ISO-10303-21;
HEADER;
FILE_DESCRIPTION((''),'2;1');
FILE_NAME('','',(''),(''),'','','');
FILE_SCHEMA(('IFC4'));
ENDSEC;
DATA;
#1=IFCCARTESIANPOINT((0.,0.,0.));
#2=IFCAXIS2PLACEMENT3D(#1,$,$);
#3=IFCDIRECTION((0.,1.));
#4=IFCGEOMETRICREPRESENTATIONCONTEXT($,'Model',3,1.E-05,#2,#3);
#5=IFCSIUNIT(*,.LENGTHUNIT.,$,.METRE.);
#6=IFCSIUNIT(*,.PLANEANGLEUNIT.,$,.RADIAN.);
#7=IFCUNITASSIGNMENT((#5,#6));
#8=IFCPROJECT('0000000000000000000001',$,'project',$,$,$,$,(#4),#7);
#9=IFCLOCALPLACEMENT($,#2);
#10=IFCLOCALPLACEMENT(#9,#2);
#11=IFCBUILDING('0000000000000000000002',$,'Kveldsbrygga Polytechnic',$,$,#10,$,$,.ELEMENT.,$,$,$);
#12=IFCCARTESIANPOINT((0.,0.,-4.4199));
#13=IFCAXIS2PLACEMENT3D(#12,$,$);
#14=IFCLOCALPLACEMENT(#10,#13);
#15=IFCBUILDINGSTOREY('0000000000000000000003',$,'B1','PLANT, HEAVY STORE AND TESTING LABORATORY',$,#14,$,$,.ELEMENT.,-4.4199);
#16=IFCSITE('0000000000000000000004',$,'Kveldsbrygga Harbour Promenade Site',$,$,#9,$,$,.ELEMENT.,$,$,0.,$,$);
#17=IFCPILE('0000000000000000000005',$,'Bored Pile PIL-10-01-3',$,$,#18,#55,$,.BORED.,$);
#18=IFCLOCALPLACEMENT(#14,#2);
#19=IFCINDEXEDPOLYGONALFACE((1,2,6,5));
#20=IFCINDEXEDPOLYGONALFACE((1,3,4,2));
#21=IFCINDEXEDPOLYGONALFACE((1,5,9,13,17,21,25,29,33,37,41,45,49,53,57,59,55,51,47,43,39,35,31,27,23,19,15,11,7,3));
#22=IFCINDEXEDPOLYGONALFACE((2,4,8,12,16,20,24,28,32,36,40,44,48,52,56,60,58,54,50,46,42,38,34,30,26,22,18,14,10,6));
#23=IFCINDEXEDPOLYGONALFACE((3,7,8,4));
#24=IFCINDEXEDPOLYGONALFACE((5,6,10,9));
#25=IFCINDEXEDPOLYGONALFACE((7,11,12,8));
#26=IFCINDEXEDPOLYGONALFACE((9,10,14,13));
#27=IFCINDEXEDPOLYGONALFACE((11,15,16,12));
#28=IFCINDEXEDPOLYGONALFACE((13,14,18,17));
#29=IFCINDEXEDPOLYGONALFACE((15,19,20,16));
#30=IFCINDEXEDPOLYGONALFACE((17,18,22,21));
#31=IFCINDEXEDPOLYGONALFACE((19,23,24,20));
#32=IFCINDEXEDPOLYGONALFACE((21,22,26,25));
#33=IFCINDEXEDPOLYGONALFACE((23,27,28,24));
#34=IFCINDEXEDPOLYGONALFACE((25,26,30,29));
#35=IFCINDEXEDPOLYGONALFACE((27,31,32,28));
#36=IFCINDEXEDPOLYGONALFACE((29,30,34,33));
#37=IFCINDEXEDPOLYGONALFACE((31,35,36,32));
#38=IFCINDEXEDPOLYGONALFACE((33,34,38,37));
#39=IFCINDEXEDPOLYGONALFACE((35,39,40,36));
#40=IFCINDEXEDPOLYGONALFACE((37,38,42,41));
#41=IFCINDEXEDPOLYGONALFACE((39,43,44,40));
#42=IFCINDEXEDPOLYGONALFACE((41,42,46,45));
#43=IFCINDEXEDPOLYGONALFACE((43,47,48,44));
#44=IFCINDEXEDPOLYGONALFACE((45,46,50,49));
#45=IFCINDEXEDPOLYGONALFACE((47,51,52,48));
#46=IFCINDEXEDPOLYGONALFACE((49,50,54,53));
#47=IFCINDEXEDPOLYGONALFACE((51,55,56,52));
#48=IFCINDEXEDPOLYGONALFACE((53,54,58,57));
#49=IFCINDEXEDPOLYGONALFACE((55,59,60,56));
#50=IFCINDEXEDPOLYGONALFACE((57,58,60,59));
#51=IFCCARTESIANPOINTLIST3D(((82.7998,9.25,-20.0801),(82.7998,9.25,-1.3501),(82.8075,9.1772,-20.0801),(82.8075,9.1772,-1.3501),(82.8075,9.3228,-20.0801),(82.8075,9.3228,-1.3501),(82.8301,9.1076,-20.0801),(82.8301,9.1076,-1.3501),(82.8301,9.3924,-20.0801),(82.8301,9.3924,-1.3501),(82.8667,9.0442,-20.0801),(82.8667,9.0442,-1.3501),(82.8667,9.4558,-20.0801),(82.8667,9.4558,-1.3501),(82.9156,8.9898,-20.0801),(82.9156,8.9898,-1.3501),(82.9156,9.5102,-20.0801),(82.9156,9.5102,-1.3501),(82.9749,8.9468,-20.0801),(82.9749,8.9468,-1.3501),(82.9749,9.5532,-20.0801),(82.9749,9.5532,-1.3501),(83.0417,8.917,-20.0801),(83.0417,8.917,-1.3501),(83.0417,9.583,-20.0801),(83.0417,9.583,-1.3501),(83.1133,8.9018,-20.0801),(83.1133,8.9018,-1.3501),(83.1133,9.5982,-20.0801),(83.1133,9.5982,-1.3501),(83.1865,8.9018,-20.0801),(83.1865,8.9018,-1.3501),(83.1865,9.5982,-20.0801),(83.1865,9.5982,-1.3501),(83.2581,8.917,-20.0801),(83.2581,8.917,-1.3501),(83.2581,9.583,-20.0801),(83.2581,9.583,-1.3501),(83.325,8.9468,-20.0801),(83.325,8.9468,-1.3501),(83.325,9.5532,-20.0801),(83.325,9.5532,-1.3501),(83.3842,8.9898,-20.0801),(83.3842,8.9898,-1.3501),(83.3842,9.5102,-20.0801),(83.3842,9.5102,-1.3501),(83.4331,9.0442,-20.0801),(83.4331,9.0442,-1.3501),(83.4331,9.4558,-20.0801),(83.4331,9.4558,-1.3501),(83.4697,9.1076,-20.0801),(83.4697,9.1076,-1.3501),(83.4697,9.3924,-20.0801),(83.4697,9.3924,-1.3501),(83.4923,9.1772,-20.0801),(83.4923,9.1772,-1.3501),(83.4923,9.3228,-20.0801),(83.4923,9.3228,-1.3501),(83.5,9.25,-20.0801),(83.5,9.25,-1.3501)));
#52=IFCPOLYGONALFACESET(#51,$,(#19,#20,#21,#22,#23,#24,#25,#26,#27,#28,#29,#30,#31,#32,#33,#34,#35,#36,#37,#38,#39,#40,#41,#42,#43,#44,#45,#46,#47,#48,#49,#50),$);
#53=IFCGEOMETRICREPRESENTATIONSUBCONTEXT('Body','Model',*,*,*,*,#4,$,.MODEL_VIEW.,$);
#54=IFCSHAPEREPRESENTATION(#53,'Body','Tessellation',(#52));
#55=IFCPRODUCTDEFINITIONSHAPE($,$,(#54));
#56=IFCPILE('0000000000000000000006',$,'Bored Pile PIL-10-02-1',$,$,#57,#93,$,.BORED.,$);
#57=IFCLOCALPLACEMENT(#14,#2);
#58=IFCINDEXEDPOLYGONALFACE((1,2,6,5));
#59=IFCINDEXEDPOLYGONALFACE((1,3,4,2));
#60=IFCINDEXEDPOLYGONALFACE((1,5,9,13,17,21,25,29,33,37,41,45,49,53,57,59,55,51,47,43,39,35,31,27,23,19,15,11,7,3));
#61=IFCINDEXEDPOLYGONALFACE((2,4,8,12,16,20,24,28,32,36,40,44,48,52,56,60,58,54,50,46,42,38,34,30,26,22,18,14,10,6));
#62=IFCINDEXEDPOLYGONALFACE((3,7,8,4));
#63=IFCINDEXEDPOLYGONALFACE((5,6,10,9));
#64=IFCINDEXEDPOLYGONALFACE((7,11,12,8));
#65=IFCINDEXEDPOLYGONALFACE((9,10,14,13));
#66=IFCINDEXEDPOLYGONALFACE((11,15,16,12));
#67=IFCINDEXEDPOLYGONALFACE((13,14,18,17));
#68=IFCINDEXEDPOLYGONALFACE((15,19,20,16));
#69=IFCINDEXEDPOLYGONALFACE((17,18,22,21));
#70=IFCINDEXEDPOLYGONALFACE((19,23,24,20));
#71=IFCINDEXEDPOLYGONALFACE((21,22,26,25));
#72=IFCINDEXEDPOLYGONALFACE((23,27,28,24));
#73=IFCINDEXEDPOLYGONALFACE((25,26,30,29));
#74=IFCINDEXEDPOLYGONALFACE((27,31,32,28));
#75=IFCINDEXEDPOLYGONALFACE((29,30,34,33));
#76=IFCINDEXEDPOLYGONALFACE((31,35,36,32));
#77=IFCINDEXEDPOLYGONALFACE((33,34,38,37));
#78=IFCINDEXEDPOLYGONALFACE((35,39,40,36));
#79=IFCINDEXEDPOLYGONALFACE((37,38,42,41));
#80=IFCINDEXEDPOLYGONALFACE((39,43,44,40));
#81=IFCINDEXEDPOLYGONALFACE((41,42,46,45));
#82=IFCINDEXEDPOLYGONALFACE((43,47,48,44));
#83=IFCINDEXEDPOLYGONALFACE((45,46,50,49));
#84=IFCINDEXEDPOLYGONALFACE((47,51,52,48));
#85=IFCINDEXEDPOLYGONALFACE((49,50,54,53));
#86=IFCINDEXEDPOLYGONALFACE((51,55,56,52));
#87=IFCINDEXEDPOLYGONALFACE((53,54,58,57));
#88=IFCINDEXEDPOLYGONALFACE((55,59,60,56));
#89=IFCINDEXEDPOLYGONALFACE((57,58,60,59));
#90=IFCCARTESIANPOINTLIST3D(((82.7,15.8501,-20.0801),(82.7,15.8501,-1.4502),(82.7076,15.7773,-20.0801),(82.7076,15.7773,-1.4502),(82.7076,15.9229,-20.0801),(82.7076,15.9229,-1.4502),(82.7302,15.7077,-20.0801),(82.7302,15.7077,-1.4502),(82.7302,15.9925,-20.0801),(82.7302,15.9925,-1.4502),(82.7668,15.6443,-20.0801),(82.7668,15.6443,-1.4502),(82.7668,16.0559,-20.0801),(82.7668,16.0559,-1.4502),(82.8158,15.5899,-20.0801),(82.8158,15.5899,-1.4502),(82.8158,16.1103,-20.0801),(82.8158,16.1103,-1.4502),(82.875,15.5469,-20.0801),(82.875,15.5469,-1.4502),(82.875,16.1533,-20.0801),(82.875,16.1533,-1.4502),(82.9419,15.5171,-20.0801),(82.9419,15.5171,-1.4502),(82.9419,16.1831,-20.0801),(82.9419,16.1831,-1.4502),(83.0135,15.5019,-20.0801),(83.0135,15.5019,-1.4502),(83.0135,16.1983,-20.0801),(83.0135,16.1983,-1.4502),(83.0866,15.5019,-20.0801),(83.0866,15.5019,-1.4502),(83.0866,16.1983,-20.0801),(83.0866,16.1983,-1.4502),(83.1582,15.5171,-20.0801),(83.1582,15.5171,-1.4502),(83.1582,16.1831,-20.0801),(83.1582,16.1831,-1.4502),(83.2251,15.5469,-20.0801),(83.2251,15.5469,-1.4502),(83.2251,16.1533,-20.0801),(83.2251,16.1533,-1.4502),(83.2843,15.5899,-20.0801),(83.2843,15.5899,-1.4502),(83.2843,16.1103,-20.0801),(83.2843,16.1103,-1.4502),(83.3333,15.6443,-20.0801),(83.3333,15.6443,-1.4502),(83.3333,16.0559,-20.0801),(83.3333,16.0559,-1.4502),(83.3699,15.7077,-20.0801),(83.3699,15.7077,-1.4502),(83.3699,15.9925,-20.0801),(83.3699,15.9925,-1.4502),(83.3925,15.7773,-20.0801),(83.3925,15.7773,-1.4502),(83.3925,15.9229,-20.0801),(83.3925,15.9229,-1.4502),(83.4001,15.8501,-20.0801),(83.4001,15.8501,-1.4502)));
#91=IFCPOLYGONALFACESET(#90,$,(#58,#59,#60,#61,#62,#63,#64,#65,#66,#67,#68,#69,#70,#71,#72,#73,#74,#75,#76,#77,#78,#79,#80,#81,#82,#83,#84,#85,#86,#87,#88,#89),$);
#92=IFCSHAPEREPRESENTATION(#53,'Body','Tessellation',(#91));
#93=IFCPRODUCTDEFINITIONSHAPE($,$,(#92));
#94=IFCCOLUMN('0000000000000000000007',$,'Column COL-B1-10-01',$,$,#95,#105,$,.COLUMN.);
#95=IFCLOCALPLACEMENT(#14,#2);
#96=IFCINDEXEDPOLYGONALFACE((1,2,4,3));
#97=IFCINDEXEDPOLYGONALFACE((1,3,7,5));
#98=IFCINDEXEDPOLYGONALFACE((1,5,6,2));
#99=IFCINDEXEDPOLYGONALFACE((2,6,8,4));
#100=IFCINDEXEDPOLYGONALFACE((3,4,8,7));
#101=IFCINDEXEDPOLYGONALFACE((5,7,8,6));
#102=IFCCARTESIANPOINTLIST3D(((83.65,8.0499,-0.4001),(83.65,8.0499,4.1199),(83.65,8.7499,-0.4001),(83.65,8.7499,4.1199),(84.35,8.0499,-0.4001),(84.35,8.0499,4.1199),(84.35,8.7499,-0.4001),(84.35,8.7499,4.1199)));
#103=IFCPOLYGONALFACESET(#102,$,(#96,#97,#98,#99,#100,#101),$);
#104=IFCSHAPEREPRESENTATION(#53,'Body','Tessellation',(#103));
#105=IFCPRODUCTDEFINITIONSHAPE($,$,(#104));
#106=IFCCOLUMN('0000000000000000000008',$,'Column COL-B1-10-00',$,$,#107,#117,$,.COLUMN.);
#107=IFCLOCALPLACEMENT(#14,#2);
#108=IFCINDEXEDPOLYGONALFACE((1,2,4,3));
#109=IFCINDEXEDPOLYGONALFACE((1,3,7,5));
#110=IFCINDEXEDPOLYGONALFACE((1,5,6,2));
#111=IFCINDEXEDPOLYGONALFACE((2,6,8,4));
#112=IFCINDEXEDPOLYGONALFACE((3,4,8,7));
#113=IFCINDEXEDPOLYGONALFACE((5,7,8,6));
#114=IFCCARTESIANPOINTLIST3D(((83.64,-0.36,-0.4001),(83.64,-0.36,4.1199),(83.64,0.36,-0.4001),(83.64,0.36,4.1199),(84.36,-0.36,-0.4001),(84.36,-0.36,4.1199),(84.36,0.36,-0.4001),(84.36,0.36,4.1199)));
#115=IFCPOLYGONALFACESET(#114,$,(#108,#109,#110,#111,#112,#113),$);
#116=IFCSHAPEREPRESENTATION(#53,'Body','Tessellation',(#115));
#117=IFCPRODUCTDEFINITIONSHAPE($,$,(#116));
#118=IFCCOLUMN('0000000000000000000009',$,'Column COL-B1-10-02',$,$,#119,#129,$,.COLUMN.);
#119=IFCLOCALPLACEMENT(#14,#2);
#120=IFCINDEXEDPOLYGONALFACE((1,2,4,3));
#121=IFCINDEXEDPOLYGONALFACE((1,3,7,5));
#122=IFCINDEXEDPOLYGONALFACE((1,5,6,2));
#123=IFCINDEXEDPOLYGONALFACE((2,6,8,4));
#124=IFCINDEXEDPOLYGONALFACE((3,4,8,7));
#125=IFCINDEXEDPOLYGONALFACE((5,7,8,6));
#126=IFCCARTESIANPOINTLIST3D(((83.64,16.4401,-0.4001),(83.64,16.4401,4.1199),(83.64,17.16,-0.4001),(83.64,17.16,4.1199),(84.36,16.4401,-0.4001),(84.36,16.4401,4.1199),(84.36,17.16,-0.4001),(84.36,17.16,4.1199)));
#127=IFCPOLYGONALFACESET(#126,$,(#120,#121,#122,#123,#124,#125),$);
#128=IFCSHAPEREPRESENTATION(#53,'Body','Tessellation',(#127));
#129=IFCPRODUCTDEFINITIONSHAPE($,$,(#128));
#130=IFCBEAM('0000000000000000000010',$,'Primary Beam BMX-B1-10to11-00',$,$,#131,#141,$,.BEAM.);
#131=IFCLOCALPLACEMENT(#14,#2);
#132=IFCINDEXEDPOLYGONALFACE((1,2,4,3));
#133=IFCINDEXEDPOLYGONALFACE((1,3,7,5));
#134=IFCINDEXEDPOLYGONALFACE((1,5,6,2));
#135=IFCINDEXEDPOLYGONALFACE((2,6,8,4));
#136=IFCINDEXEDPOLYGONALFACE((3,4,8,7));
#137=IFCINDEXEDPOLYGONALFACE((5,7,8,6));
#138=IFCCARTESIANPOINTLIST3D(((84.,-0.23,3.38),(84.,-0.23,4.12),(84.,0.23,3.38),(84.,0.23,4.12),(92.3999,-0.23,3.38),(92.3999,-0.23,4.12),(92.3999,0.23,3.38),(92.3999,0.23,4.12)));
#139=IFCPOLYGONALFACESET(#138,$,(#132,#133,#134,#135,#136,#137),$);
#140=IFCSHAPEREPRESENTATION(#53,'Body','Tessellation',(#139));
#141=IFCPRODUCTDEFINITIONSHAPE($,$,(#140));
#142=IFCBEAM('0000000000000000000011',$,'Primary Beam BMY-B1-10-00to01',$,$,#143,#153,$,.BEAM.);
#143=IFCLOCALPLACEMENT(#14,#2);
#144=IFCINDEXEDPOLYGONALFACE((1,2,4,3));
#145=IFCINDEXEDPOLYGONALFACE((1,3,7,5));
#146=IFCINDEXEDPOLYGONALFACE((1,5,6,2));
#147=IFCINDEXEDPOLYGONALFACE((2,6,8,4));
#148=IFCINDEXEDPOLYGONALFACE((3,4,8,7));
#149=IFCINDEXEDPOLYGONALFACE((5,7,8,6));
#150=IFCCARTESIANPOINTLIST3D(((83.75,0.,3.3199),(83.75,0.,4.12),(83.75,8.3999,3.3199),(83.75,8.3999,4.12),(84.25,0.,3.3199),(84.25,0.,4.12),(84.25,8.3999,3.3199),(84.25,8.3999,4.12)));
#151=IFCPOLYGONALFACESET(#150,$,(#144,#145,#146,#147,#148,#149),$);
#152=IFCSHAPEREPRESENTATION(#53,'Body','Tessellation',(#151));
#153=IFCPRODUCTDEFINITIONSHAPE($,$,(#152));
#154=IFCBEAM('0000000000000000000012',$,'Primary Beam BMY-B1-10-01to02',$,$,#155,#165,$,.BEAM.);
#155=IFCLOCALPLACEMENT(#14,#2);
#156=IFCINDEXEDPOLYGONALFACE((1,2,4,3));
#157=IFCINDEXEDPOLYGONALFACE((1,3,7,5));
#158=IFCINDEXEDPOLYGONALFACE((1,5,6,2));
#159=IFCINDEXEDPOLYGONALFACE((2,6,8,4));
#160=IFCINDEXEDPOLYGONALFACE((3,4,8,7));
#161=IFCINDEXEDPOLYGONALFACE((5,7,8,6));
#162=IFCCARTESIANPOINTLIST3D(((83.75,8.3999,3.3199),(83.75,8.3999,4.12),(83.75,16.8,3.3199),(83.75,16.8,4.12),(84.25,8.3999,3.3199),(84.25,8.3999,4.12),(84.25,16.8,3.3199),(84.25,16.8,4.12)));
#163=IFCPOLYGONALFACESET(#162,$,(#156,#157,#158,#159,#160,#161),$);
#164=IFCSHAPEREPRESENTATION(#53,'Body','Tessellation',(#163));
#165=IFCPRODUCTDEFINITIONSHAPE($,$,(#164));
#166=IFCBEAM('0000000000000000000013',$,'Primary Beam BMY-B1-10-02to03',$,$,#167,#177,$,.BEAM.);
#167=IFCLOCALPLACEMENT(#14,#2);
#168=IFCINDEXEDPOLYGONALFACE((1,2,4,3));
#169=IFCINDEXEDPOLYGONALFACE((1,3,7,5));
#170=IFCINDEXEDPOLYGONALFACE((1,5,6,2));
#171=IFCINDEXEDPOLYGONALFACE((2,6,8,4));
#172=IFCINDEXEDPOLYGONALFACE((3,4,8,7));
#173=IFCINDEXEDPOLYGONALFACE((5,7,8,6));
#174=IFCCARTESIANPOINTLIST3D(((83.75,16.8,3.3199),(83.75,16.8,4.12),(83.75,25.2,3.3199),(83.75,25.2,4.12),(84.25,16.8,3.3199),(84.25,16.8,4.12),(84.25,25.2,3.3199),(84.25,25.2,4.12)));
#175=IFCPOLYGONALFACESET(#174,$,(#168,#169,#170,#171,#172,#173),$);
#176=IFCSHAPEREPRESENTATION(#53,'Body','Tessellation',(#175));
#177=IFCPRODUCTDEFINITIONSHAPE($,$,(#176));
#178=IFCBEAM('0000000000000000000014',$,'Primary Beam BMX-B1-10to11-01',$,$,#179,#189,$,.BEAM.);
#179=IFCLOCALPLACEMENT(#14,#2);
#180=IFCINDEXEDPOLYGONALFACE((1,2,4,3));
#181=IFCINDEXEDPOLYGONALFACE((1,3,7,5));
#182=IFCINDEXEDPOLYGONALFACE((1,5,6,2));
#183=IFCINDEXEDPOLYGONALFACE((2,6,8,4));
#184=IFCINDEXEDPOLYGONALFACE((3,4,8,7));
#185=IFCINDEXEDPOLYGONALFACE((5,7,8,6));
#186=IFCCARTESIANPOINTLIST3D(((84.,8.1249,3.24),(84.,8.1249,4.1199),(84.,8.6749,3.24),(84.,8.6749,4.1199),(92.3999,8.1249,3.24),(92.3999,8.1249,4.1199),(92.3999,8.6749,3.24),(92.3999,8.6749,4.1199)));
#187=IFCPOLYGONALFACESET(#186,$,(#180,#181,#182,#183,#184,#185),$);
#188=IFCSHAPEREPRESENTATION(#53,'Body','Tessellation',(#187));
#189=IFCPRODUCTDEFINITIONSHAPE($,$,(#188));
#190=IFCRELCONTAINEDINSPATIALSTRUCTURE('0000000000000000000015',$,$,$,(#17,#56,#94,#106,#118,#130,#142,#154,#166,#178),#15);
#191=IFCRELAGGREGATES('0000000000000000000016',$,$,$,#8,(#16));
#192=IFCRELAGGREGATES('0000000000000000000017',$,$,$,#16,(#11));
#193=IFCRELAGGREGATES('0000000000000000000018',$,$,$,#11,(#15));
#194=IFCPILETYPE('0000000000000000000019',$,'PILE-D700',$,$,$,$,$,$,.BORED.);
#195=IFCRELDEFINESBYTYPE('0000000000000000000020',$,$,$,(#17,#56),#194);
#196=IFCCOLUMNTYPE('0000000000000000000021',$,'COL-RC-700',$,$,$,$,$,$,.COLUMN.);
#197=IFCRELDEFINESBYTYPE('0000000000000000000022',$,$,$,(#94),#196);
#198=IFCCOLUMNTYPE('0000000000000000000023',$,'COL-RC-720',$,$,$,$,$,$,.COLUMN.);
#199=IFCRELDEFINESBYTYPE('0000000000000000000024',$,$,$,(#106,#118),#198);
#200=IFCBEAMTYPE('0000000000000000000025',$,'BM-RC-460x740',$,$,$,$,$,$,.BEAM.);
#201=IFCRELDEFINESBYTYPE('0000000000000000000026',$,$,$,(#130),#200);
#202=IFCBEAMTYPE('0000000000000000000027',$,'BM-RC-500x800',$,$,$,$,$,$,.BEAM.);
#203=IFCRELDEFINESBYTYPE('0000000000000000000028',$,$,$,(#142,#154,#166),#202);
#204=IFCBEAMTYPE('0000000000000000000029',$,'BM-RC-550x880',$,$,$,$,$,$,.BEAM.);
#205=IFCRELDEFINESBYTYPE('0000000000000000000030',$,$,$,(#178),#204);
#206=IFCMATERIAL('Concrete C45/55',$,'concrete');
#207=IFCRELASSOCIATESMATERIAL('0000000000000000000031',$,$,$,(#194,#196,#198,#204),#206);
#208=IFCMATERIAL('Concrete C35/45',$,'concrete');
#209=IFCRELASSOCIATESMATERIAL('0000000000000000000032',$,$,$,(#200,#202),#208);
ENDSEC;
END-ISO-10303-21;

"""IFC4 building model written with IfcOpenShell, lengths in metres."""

from ifc_helpers import new_model, si_unit, direction, frame, origin, origin_2d, place, context, subcontext, project, spatial, rectangle, circle, extrude, material, material_profile, profile_set, type_object, element, save


model = new_model("IFC4")

# Units and contexts
model_context = context("Model", 3, precision=1e-05, world=origin(), true_north=direction((0.0, 1.0)))
body_context = subcontext(model_context, "Body", "Model", "MODEL_VIEW")
ifc_project = project(units=[si_unit("LENGTHUNIT", "METRE"), si_unit("PLANEANGLEUNIT", "RADIAN")], contexts=[model_context])

# Site, building, storey
site_placement = place(None, origin())
site = spatial("IfcSite", under=ifc_project, at=site_placement, Name="Kveldsbrygga Harbour Promenade Site", CompositionType="ELEMENT", RefElevation=0.0)
building_placement = place(site_placement, origin())
building = spatial("IfcBuilding", under=site, at=building_placement, Name="Kveldsbrygga Polytechnic", CompositionType="ELEMENT")
storey_placement = place(building_placement, frame((0.0, 0.0, -4.4199)))
storey = spatial("IfcBuildingStorey", under=building, at=storey_placement, Name="B1", Description="PLANT, HEAVY STORE AND TESTING LABORATORY", CompositionType="ELEMENT", Elevation=-4.4199)

# Shared definitions
ifc_material_1 = material(Name="Concrete C45/55", Category="concrete")

# Piles
ifc_material_profile_1 = material_profile(ifc_material_1, circle(Radius=0.3501, at=origin_2d()), Name="PILE D700")
ifc_profile_set_1 = profile_set([ifc_material_profile_1], Name="Concrete C45/55")
pile_type = type_object("IfcPileType", Name="PILE-D700", PredefinedType="BORED", material=ifc_profile_set_1)
for number, where, z_axis, x_axis, name in (
    (1, (83.1499, 9.25, -1.3501), (0.0, 0.0, -1.0), (1.0, 0.0, 0.0), "Bored Pile PIL-10-01-3"),
):
    element("IfcPile", number, at=place(storey_placement, frame(where, z_axis=z_axis, x_axis=x_axis)), inside=storey, type_object=pile_type, Name=name, PredefinedType="BORED", context=body_context, shape_type="SweptSolid", body=[
        extrude(circle(Radius=0.3501, at=origin_2d()), origin(), (0.0, 0.0, 1.0), 18.73),
    ])
pile_1_placement = place(storey_placement, frame((83.05, 15.8501, -1.4502), z_axis=(0.0, 0.0, -1.0), x_axis=(1.0, 0.0, 0.0)))
element("IfcPile", 2, at=pile_1_placement, inside=storey, type_object=pile_type, Name="Bored Pile PIL-10-02-1", PredefinedType="BORED", context=body_context, shape_type="SweptSolid", body=[
    extrude(circle(Radius=0.3501, at=origin_2d()), origin(), (0.0, 0.0, 1.0), 18.6299),
])

# Columns
ifc_material_profile_2 = material_profile(ifc_material_1, rectangle(XDim=0.7, YDim=0.7, at=origin_2d()), Name="RC 700x700")
ifc_profile_set_2 = profile_set([ifc_material_profile_2], Name="Concrete C45/55")
column_type_1 = type_object("IfcColumnType", Name="COL-RC-700", PredefinedType="COLUMN", material=ifc_profile_set_2)
column_placement = place(storey_placement, frame((84.0, 8.3999, -0.4001), z_axis=(0.0, 0.0, 1.0), x_axis=(1.0, 0.0, 0.0)))
element("IfcColumn", 3, at=column_placement, inside=storey, type_object=column_type_1, Name="Column COL-B1-10-01", PredefinedType="COLUMN", context=body_context, shape_type="SweptSolid", body=[
    extrude(rectangle(XDim=0.7, YDim=0.7, at=origin_2d()), origin(), (0.0, 0.0, 1.0), 4.52),
])
ifc_material_profile_3 = material_profile(ifc_material_1, rectangle(XDim=0.72, YDim=0.72, at=origin_2d()), Name="RC 720x720")
ifc_profile_set_3 = profile_set([ifc_material_profile_3], Name="Concrete C45/55")
column_type_2 = type_object("IfcColumnType", Name="COL-RC-720", PredefinedType="COLUMN", material=ifc_profile_set_3)
for number, where, z_axis, x_axis, name in (
    (4, (84.0, 0.0, -0.4001), (0.0, 0.0, 1.0), (1.0, 0.0, 0.0), "Column COL-B1-10-00"),
    (5, (84.0, 16.8, -0.4001), (0.0, 0.0, 1.0), (1.0, 0.0, 0.0), "Column COL-B1-10-02"),
):
    element("IfcColumn", number, at=place(storey_placement, frame(where, z_axis=z_axis, x_axis=x_axis)), inside=storey, type_object=column_type_2, Name=name, PredefinedType="COLUMN", context=body_context, shape_type="SweptSolid", body=[
        extrude(rectangle(XDim=0.72, YDim=0.72, at=origin_2d()), origin(), (0.0, 0.0, 1.0), 4.52),
    ])

# Beams
ifc_material_2 = material(Name="Concrete C35/45", Category="concrete")
ifc_material_profile_4 = material_profile(ifc_material_2, rectangle(XDim=0.46, YDim=0.74, at=origin_2d()), Name="RC 460x740")
ifc_profile_set_4 = profile_set([ifc_material_profile_4], Name="Concrete C35/45")
beam_type_1 = type_object("IfcBeamType", Name="BM-RC-460x740", PredefinedType="BEAM", material=ifc_profile_set_4)
beam_1_placement = place(storey_placement, frame((84.0, 0.0, 3.75), z_axis=(1.0, 0.0, 0.0), x_axis=(0.0, 1.0, 0.0)))
element("IfcBeam", 6, at=beam_1_placement, inside=storey, type_object=beam_type_1, Name="Primary Beam BMX-B1-10to11-00", PredefinedType="BEAM", context=body_context, shape_type="SweptSolid", body=[
    extrude(rectangle(XDim=0.46, YDim=0.74, at=origin_2d()), origin(), (0.0, 0.0, 1.0), 8.3999),
])
ifc_material_profile_5 = material_profile(ifc_material_2, rectangle(XDim=0.5, YDim=0.8, at=origin_2d()), Name="RC 500x800")
ifc_profile_set_5 = profile_set([ifc_material_profile_5], Name="Concrete C35/45")
beam_type_2 = type_object("IfcBeamType", Name="BM-RC-500x800", PredefinedType="BEAM", material=ifc_profile_set_5)
beam_2_placement = place(storey_placement, frame((84.0, 0.0, 3.72), z_axis=(0.0, 1.0, 0.0), x_axis=(-1.0, 0.0, 0.0)))
element("IfcBeam", 7, at=beam_2_placement, inside=storey, type_object=beam_type_2, Name="Primary Beam BMY-B1-10-00to01", PredefinedType="BEAM", context=body_context, shape_type="SweptSolid", body=[
    extrude(rectangle(XDim=0.5, YDim=0.8, at=origin_2d()), origin(), (0.0, 0.0, 1.0), 8.3999),
])
beam_3_placement = place(storey_placement, frame((84.0, 8.3999, 3.72), z_axis=(0.0, 1.0, 0.0), x_axis=(-1.0, 0.0, 0.0)))
element("IfcBeam", 8, at=beam_3_placement, inside=storey, type_object=beam_type_2, Name="Primary Beam BMY-B1-10-01to02", PredefinedType="BEAM", context=body_context, shape_type="SweptSolid", body=[
    extrude(rectangle(XDim=0.5, YDim=0.8, at=origin_2d()), origin(), (0.0, 0.0, 1.0), 8.4001),
])
beam_4_placement = place(storey_placement, frame((84.0, 16.8, 3.72), z_axis=(0.0, 1.0, 0.0), x_axis=(-1.0, 0.0, 0.0)))
element("IfcBeam", 9, at=beam_4_placement, inside=storey, type_object=beam_type_2, Name="Primary Beam BMY-B1-10-02to03", PredefinedType="BEAM", context=body_context, shape_type="SweptSolid", body=[
    extrude(rectangle(XDim=0.5, YDim=0.8, at=origin_2d()), origin(), (0.0, 0.0, 1.0), 8.3999),
])
ifc_material_profile_6 = material_profile(ifc_material_1, rectangle(XDim=0.55, YDim=0.8799, at=origin_2d()), Name="RC 550x880")
ifc_profile_set_6 = profile_set([ifc_material_profile_6], Name="Concrete C45/55")
beam_type_3 = type_object("IfcBeamType", Name="BM-RC-550x880", PredefinedType="BEAM", material=ifc_profile_set_6)
for number, where, z_axis, x_axis, name in (
    (10, (84.0, 8.3999, 3.6799), (1.0, 0.0, 0.0), (0.0, 1.0, 0.0), "Primary Beam BMX-B1-10to11-01"),
):
    element("IfcBeam", number, at=place(storey_placement, frame(where, z_axis=z_axis, x_axis=x_axis)), inside=storey, type_object=beam_type_3, Name=name, PredefinedType="BEAM", context=body_context, shape_type="SweptSolid", body=[
        extrude(rectangle(XDim=0.55, YDim=0.8799, at=origin_2d()), origin(), (0.0, 0.0, 1.0), 8.3999),
    ])

save(model, "model.ifc")
